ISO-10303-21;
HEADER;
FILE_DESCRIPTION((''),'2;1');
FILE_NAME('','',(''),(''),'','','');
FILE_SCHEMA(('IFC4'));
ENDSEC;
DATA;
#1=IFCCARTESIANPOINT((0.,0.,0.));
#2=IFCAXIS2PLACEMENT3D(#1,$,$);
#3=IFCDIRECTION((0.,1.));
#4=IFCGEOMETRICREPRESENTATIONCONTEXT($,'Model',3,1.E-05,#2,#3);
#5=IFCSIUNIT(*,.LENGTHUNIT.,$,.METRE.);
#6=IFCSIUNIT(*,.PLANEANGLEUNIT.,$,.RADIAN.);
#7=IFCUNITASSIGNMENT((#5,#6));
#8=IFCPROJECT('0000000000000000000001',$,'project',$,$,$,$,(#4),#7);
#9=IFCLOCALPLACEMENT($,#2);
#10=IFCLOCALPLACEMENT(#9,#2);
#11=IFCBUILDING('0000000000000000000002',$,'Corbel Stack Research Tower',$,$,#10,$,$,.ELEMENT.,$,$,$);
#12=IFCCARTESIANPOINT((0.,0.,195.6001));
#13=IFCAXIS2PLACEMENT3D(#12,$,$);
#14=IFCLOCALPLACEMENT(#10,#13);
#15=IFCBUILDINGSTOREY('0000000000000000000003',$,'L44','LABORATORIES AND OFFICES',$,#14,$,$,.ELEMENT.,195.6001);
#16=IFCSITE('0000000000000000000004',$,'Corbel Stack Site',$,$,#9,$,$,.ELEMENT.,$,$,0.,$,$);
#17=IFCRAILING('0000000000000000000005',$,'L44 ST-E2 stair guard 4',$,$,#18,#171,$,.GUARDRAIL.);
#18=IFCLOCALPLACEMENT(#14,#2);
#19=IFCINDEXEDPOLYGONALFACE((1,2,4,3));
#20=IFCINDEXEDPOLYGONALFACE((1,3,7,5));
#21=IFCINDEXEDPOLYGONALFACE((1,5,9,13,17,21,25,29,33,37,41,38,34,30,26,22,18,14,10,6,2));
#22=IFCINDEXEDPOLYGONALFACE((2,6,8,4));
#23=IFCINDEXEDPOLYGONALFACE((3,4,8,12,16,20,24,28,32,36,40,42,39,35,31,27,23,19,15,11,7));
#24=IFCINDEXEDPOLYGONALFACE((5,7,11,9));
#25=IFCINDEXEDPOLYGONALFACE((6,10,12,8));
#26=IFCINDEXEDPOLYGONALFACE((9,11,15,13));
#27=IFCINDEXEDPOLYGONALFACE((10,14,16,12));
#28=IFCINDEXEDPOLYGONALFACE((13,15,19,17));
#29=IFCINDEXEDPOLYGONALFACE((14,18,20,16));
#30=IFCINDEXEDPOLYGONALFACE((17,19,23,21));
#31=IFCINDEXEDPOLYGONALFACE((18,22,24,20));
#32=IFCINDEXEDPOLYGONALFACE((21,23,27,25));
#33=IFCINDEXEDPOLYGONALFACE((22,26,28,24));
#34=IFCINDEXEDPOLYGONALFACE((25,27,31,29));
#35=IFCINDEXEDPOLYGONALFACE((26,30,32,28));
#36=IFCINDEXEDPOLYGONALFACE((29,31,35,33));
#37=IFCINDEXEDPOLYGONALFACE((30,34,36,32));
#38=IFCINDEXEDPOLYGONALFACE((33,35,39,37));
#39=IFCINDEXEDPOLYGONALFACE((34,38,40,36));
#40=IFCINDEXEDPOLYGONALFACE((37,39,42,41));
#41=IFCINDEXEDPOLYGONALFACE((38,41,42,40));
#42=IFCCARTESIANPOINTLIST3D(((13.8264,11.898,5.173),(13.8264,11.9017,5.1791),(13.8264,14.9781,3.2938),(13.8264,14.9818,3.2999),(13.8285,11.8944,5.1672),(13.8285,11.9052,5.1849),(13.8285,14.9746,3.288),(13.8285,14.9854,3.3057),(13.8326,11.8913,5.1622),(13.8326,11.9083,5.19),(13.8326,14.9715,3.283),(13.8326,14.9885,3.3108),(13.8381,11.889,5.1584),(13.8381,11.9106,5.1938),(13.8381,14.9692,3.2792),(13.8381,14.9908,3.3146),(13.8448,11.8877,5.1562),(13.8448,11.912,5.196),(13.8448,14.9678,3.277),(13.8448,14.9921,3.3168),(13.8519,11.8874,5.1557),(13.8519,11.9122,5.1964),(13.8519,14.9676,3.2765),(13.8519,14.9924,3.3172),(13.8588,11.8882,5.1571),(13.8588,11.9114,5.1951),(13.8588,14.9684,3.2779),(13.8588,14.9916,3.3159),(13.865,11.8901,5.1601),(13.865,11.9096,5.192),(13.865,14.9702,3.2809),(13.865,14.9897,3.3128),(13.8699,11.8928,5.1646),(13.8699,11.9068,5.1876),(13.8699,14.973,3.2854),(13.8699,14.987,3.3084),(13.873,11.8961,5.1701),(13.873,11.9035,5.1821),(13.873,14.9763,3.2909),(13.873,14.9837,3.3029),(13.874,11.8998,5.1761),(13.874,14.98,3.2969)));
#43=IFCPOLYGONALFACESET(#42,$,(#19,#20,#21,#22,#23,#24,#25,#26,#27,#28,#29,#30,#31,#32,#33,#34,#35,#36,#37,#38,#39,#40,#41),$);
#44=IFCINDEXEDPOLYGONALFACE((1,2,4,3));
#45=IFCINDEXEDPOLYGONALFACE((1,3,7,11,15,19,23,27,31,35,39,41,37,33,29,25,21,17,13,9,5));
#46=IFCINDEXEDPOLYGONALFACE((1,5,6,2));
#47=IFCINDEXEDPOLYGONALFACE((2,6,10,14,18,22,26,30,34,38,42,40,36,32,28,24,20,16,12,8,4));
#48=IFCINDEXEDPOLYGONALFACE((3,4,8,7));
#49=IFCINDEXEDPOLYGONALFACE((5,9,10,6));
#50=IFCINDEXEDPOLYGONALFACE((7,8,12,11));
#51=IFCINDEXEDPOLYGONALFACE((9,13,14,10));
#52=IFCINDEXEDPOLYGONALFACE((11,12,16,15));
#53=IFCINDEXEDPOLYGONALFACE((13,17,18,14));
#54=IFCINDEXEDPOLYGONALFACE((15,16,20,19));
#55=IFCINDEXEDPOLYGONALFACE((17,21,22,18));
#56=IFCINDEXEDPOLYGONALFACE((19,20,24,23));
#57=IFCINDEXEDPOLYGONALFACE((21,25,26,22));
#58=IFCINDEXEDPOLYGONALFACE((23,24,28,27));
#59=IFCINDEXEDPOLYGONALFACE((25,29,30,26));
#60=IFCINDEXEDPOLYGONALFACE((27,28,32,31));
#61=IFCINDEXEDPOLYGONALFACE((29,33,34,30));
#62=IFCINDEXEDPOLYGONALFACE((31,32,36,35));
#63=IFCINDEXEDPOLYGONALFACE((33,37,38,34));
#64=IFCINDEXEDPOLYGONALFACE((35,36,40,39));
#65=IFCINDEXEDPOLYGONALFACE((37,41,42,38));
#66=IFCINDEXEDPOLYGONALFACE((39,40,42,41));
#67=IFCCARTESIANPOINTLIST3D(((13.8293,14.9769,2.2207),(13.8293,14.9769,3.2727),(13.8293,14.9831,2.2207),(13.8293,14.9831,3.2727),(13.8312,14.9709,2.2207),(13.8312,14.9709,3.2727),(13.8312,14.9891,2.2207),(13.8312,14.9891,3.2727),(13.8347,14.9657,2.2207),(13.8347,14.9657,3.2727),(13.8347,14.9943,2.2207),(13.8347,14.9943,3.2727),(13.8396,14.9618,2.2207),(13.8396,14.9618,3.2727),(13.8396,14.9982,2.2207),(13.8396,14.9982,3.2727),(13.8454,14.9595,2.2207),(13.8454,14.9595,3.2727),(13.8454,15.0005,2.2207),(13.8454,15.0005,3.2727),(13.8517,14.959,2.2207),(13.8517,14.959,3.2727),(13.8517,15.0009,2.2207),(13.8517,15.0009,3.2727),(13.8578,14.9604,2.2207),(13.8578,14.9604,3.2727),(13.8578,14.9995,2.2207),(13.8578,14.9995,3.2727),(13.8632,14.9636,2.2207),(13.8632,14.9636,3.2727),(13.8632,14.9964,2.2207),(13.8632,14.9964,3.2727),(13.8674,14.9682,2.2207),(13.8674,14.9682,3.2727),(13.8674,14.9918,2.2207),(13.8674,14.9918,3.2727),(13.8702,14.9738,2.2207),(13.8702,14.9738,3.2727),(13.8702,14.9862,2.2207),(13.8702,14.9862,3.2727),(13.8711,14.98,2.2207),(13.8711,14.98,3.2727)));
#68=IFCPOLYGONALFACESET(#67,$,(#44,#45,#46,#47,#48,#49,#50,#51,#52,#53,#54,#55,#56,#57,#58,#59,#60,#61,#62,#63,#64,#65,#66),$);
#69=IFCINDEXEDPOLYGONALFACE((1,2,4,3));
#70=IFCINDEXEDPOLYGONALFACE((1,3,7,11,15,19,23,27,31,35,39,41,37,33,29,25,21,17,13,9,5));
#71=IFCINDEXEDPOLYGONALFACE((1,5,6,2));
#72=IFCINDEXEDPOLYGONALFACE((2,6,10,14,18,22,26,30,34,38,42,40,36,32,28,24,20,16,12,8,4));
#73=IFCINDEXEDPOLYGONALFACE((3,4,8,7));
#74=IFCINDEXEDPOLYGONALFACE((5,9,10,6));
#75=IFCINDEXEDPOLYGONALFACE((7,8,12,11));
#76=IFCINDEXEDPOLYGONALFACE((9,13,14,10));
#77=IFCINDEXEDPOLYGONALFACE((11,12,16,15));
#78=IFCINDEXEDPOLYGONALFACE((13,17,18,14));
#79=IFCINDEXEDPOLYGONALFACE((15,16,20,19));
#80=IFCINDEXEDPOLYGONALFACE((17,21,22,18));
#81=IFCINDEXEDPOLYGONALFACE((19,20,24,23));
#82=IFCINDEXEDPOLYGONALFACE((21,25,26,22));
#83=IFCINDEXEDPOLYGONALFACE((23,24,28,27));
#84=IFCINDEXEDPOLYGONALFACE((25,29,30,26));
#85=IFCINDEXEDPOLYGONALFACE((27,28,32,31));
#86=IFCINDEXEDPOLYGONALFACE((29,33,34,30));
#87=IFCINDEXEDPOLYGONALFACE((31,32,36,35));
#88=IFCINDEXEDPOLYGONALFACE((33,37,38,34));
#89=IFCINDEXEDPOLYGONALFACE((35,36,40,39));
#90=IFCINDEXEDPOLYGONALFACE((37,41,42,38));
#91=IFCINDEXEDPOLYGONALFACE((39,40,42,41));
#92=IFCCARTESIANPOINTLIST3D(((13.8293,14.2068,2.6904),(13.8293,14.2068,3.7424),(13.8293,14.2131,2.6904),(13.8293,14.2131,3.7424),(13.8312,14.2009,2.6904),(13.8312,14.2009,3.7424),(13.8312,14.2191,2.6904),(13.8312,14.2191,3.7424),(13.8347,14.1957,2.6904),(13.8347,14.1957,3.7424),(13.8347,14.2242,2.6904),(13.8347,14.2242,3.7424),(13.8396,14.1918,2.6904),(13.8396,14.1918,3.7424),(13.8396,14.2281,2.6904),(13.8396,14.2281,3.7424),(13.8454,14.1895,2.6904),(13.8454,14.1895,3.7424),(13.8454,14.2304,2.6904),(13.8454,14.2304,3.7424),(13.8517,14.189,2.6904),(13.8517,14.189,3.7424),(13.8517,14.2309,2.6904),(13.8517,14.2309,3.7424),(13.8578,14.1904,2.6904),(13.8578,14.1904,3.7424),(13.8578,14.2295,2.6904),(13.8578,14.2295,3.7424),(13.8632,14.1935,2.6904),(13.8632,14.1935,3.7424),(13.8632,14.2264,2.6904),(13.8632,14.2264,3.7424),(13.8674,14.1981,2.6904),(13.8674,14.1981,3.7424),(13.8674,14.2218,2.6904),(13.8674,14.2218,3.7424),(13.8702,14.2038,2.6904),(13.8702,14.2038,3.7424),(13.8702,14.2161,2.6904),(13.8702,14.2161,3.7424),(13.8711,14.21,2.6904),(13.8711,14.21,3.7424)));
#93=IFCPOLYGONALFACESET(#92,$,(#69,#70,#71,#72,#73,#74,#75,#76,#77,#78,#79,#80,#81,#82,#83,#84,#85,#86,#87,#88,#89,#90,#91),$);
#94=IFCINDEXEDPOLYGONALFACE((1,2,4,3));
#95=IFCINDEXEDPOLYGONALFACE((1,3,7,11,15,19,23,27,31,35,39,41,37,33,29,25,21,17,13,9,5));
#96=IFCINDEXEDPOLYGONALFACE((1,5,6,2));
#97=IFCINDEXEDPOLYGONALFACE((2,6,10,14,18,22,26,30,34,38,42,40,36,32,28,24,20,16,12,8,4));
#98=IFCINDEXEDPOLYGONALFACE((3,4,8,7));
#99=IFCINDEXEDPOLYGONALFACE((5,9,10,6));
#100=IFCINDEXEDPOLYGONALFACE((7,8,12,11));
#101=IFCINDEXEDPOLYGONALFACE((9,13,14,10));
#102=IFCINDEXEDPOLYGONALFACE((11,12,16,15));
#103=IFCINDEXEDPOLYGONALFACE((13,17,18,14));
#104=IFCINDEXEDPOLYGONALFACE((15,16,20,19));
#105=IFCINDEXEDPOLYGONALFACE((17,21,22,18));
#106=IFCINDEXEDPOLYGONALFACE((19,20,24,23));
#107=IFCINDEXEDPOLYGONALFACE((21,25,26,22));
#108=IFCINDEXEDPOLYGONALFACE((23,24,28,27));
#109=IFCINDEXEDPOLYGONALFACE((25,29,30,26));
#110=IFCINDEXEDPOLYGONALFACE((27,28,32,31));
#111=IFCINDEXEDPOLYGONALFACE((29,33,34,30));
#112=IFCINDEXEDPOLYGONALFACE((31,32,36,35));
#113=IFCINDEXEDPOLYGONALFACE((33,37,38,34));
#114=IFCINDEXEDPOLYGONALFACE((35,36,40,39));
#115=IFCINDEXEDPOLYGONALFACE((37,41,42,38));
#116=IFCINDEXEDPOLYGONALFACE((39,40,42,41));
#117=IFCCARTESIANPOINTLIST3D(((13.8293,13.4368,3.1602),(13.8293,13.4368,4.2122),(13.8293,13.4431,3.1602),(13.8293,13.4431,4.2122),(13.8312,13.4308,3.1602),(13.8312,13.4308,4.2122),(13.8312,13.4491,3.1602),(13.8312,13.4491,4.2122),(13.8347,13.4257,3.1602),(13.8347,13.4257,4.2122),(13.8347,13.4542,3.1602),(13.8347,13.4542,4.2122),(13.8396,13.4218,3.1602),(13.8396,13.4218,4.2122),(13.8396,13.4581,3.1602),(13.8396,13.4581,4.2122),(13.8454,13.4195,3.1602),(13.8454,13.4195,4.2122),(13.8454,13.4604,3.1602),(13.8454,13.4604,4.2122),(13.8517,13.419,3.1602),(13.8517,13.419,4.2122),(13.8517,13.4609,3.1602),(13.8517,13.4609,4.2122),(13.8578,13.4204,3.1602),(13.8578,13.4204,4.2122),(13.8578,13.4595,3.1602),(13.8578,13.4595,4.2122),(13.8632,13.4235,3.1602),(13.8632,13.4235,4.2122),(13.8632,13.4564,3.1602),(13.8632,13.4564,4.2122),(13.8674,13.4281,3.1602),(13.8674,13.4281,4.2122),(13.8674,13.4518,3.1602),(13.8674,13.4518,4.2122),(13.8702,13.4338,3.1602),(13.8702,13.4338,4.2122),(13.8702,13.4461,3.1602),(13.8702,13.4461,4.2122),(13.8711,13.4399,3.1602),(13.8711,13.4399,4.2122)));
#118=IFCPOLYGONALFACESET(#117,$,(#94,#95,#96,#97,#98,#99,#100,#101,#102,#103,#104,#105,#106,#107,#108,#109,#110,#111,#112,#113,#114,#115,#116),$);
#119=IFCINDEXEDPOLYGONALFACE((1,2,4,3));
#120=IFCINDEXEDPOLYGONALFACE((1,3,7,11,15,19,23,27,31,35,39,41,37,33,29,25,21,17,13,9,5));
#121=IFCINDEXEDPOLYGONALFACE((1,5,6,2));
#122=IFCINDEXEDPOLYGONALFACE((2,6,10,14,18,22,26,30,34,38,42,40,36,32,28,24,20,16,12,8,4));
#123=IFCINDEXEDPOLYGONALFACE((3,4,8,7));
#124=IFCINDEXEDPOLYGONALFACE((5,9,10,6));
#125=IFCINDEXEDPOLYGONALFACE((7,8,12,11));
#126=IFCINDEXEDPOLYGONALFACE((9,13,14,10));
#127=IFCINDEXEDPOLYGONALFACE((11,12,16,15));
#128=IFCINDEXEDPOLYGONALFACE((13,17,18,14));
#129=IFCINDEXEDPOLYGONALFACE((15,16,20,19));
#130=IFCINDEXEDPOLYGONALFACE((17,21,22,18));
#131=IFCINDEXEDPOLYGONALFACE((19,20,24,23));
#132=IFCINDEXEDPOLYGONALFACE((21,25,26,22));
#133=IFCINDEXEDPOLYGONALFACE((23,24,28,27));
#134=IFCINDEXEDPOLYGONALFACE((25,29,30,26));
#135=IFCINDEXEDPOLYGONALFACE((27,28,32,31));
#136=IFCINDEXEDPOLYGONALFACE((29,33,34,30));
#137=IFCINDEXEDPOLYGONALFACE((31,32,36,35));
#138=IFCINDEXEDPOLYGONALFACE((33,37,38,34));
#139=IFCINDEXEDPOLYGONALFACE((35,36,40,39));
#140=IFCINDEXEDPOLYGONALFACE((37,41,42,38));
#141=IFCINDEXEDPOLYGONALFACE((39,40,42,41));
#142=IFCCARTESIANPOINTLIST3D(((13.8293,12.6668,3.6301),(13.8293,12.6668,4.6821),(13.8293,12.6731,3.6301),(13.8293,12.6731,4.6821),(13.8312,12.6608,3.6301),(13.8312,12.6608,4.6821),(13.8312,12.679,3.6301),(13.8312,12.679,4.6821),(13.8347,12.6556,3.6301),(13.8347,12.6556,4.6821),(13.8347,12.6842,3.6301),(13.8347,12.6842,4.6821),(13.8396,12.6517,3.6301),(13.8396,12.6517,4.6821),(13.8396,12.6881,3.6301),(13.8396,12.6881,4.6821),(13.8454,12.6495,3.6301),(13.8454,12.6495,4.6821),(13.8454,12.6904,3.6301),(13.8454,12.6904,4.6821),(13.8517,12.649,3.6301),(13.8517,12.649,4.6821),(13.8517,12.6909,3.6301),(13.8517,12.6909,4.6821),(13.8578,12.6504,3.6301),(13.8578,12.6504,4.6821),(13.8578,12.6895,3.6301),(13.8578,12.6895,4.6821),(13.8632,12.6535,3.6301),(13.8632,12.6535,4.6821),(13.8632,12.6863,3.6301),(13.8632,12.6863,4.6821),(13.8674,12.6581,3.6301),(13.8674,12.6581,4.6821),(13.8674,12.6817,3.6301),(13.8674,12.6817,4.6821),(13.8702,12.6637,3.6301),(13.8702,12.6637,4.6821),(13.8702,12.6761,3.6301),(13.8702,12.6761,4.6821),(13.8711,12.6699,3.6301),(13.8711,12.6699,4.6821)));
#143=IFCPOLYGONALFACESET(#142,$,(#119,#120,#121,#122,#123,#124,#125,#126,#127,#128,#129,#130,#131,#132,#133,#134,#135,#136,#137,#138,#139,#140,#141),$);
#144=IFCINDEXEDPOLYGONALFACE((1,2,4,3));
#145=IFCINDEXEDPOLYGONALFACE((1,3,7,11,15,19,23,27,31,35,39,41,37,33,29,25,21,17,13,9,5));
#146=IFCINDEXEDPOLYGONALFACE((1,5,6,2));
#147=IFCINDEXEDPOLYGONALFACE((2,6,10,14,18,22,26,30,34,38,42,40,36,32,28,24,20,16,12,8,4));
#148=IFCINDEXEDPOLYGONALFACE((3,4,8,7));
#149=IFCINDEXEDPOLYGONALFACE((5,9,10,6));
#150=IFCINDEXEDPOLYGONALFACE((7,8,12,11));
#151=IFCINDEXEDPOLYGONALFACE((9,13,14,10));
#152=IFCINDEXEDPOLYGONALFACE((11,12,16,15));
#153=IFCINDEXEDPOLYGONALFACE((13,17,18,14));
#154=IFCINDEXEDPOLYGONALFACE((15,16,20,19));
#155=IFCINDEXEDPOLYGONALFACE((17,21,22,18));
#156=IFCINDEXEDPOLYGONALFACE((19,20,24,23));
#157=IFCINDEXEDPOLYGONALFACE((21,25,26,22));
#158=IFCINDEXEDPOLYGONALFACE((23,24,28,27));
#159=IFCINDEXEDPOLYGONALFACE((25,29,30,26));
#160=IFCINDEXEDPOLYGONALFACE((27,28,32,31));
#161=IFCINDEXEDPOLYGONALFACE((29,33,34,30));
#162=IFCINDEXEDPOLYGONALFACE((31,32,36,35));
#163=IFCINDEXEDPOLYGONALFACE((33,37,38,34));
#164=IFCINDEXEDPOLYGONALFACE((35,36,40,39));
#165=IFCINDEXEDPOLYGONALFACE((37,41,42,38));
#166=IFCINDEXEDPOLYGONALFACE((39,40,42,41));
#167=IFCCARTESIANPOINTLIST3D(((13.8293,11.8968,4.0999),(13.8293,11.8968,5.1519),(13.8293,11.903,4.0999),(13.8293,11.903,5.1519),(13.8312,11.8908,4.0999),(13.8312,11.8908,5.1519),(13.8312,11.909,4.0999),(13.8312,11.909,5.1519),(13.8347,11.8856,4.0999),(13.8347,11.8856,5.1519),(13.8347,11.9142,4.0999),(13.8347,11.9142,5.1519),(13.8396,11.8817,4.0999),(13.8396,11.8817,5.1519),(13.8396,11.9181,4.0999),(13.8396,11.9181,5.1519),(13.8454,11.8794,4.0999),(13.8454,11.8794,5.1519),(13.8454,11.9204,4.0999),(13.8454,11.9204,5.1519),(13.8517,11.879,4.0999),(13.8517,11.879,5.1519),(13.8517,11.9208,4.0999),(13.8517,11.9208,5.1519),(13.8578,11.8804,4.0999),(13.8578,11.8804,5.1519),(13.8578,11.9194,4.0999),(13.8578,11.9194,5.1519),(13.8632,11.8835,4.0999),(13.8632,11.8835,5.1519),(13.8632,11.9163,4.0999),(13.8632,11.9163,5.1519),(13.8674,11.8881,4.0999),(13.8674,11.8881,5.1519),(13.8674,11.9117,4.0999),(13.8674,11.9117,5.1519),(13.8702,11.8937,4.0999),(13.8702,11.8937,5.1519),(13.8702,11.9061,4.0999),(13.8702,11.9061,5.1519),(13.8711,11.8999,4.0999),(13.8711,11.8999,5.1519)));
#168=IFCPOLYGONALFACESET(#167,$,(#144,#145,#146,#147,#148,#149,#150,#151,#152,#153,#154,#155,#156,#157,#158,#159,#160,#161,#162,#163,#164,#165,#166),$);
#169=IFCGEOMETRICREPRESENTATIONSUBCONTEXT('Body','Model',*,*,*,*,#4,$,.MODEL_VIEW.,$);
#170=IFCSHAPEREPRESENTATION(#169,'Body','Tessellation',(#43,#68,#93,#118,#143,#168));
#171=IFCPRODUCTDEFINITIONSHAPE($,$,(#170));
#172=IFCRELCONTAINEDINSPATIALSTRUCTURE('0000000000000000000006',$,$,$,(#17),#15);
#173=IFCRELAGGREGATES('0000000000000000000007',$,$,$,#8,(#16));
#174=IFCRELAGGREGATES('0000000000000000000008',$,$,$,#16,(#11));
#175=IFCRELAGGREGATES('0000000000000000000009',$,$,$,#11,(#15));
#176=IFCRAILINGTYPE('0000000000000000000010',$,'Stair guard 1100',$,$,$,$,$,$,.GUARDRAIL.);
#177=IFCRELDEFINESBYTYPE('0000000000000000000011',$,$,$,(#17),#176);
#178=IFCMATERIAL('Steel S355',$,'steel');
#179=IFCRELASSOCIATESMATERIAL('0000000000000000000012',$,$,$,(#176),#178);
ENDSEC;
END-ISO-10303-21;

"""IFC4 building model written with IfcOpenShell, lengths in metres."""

from ifc_helpers import new_model, si_unit, direction, frame, origin, origin_2d, place, context, subcontext, project, spatial, circle, extrude, material, type_object, element, save


model = new_model("IFC4")

# Units and contexts
model_context = context("Model", 3, precision=1e-05, world=origin(), true_north=direction((0.0, 1.0)))
body_context = subcontext(model_context, "Body", "Model", "MODEL_VIEW")
ifc_project = project(units=[si_unit("LENGTHUNIT", "METRE"), si_unit("PLANEANGLEUNIT", "RADIAN")], contexts=[model_context])

# Site, building, storey
site_placement = place(None, origin())
site = spatial("IfcSite", under=ifc_project, at=site_placement, Name="Corbel Stack Site", CompositionType="ELEMENT", RefElevation=0.0)
building_placement = place(site_placement, origin())
building = spatial("IfcBuilding", under=site, at=building_placement, Name="Corbel Stack Research Tower", CompositionType="ELEMENT")
storey_placement = place(building_placement, frame((0.0, 0.0, 195.6001)))
storey = spatial("IfcBuildingStorey", under=building, at=storey_placement, Name="L44", Description="LABORATORIES AND OFFICES", CompositionType="ELEMENT", Elevation=195.6001)

# Railing
ifc_material_1 = material(Name="Steel S355", Category="steel")
railing_type_1 = type_object("IfcRailingType", Name="Stair guard 1100", PredefinedType="GUARDRAIL", material=ifc_material_1)
railing_1_placement = place(storey_placement, frame((13.8501, 14.98, 2.2207)))
element("IfcRailing", 1, at=railing_1_placement, inside=storey, type_object=railing_type_1, Name="L44 ST-E2 stair guard 4", PredefinedType="GUARDRAIL", context=body_context, shape_type="SweptSolid", body=[
    extrude(circle(Radius=0.0239, at=origin_2d()), frame((0.0, 0.0, 1.0762), z_axis=(0.0, -0.853666, 0.52082), x_axis=(1.0, 0.0, 0.0)), (0.0, 0.0, 1.0), 3.6082),
    extrude(circle(Radius=0.021, at=origin_2d()), origin(), (0.0, 0.0, 1.0), 1.052),
    extrude(circle(Radius=0.021, at=origin_2d()), frame((0.0, -0.77, 0.4697)), (0.0, 0.0, 1.0), 1.052),
    extrude(circle(Radius=0.021, at=origin_2d()), frame((0.0, -1.54, 0.9395)), (0.0, 0.0, 1.0), 1.052),
    extrude(circle(Radius=0.021, at=origin_2d()), frame((0.0, -2.3101, 1.4094)), (0.0, 0.0, 1.0), 1.052),
    extrude(circle(Radius=0.021, at=origin_2d()), frame((0.0, -3.0801, 1.8792)), (0.0, 0.0, 1.0), 1.052),
])

save(model, "model.ifc")
